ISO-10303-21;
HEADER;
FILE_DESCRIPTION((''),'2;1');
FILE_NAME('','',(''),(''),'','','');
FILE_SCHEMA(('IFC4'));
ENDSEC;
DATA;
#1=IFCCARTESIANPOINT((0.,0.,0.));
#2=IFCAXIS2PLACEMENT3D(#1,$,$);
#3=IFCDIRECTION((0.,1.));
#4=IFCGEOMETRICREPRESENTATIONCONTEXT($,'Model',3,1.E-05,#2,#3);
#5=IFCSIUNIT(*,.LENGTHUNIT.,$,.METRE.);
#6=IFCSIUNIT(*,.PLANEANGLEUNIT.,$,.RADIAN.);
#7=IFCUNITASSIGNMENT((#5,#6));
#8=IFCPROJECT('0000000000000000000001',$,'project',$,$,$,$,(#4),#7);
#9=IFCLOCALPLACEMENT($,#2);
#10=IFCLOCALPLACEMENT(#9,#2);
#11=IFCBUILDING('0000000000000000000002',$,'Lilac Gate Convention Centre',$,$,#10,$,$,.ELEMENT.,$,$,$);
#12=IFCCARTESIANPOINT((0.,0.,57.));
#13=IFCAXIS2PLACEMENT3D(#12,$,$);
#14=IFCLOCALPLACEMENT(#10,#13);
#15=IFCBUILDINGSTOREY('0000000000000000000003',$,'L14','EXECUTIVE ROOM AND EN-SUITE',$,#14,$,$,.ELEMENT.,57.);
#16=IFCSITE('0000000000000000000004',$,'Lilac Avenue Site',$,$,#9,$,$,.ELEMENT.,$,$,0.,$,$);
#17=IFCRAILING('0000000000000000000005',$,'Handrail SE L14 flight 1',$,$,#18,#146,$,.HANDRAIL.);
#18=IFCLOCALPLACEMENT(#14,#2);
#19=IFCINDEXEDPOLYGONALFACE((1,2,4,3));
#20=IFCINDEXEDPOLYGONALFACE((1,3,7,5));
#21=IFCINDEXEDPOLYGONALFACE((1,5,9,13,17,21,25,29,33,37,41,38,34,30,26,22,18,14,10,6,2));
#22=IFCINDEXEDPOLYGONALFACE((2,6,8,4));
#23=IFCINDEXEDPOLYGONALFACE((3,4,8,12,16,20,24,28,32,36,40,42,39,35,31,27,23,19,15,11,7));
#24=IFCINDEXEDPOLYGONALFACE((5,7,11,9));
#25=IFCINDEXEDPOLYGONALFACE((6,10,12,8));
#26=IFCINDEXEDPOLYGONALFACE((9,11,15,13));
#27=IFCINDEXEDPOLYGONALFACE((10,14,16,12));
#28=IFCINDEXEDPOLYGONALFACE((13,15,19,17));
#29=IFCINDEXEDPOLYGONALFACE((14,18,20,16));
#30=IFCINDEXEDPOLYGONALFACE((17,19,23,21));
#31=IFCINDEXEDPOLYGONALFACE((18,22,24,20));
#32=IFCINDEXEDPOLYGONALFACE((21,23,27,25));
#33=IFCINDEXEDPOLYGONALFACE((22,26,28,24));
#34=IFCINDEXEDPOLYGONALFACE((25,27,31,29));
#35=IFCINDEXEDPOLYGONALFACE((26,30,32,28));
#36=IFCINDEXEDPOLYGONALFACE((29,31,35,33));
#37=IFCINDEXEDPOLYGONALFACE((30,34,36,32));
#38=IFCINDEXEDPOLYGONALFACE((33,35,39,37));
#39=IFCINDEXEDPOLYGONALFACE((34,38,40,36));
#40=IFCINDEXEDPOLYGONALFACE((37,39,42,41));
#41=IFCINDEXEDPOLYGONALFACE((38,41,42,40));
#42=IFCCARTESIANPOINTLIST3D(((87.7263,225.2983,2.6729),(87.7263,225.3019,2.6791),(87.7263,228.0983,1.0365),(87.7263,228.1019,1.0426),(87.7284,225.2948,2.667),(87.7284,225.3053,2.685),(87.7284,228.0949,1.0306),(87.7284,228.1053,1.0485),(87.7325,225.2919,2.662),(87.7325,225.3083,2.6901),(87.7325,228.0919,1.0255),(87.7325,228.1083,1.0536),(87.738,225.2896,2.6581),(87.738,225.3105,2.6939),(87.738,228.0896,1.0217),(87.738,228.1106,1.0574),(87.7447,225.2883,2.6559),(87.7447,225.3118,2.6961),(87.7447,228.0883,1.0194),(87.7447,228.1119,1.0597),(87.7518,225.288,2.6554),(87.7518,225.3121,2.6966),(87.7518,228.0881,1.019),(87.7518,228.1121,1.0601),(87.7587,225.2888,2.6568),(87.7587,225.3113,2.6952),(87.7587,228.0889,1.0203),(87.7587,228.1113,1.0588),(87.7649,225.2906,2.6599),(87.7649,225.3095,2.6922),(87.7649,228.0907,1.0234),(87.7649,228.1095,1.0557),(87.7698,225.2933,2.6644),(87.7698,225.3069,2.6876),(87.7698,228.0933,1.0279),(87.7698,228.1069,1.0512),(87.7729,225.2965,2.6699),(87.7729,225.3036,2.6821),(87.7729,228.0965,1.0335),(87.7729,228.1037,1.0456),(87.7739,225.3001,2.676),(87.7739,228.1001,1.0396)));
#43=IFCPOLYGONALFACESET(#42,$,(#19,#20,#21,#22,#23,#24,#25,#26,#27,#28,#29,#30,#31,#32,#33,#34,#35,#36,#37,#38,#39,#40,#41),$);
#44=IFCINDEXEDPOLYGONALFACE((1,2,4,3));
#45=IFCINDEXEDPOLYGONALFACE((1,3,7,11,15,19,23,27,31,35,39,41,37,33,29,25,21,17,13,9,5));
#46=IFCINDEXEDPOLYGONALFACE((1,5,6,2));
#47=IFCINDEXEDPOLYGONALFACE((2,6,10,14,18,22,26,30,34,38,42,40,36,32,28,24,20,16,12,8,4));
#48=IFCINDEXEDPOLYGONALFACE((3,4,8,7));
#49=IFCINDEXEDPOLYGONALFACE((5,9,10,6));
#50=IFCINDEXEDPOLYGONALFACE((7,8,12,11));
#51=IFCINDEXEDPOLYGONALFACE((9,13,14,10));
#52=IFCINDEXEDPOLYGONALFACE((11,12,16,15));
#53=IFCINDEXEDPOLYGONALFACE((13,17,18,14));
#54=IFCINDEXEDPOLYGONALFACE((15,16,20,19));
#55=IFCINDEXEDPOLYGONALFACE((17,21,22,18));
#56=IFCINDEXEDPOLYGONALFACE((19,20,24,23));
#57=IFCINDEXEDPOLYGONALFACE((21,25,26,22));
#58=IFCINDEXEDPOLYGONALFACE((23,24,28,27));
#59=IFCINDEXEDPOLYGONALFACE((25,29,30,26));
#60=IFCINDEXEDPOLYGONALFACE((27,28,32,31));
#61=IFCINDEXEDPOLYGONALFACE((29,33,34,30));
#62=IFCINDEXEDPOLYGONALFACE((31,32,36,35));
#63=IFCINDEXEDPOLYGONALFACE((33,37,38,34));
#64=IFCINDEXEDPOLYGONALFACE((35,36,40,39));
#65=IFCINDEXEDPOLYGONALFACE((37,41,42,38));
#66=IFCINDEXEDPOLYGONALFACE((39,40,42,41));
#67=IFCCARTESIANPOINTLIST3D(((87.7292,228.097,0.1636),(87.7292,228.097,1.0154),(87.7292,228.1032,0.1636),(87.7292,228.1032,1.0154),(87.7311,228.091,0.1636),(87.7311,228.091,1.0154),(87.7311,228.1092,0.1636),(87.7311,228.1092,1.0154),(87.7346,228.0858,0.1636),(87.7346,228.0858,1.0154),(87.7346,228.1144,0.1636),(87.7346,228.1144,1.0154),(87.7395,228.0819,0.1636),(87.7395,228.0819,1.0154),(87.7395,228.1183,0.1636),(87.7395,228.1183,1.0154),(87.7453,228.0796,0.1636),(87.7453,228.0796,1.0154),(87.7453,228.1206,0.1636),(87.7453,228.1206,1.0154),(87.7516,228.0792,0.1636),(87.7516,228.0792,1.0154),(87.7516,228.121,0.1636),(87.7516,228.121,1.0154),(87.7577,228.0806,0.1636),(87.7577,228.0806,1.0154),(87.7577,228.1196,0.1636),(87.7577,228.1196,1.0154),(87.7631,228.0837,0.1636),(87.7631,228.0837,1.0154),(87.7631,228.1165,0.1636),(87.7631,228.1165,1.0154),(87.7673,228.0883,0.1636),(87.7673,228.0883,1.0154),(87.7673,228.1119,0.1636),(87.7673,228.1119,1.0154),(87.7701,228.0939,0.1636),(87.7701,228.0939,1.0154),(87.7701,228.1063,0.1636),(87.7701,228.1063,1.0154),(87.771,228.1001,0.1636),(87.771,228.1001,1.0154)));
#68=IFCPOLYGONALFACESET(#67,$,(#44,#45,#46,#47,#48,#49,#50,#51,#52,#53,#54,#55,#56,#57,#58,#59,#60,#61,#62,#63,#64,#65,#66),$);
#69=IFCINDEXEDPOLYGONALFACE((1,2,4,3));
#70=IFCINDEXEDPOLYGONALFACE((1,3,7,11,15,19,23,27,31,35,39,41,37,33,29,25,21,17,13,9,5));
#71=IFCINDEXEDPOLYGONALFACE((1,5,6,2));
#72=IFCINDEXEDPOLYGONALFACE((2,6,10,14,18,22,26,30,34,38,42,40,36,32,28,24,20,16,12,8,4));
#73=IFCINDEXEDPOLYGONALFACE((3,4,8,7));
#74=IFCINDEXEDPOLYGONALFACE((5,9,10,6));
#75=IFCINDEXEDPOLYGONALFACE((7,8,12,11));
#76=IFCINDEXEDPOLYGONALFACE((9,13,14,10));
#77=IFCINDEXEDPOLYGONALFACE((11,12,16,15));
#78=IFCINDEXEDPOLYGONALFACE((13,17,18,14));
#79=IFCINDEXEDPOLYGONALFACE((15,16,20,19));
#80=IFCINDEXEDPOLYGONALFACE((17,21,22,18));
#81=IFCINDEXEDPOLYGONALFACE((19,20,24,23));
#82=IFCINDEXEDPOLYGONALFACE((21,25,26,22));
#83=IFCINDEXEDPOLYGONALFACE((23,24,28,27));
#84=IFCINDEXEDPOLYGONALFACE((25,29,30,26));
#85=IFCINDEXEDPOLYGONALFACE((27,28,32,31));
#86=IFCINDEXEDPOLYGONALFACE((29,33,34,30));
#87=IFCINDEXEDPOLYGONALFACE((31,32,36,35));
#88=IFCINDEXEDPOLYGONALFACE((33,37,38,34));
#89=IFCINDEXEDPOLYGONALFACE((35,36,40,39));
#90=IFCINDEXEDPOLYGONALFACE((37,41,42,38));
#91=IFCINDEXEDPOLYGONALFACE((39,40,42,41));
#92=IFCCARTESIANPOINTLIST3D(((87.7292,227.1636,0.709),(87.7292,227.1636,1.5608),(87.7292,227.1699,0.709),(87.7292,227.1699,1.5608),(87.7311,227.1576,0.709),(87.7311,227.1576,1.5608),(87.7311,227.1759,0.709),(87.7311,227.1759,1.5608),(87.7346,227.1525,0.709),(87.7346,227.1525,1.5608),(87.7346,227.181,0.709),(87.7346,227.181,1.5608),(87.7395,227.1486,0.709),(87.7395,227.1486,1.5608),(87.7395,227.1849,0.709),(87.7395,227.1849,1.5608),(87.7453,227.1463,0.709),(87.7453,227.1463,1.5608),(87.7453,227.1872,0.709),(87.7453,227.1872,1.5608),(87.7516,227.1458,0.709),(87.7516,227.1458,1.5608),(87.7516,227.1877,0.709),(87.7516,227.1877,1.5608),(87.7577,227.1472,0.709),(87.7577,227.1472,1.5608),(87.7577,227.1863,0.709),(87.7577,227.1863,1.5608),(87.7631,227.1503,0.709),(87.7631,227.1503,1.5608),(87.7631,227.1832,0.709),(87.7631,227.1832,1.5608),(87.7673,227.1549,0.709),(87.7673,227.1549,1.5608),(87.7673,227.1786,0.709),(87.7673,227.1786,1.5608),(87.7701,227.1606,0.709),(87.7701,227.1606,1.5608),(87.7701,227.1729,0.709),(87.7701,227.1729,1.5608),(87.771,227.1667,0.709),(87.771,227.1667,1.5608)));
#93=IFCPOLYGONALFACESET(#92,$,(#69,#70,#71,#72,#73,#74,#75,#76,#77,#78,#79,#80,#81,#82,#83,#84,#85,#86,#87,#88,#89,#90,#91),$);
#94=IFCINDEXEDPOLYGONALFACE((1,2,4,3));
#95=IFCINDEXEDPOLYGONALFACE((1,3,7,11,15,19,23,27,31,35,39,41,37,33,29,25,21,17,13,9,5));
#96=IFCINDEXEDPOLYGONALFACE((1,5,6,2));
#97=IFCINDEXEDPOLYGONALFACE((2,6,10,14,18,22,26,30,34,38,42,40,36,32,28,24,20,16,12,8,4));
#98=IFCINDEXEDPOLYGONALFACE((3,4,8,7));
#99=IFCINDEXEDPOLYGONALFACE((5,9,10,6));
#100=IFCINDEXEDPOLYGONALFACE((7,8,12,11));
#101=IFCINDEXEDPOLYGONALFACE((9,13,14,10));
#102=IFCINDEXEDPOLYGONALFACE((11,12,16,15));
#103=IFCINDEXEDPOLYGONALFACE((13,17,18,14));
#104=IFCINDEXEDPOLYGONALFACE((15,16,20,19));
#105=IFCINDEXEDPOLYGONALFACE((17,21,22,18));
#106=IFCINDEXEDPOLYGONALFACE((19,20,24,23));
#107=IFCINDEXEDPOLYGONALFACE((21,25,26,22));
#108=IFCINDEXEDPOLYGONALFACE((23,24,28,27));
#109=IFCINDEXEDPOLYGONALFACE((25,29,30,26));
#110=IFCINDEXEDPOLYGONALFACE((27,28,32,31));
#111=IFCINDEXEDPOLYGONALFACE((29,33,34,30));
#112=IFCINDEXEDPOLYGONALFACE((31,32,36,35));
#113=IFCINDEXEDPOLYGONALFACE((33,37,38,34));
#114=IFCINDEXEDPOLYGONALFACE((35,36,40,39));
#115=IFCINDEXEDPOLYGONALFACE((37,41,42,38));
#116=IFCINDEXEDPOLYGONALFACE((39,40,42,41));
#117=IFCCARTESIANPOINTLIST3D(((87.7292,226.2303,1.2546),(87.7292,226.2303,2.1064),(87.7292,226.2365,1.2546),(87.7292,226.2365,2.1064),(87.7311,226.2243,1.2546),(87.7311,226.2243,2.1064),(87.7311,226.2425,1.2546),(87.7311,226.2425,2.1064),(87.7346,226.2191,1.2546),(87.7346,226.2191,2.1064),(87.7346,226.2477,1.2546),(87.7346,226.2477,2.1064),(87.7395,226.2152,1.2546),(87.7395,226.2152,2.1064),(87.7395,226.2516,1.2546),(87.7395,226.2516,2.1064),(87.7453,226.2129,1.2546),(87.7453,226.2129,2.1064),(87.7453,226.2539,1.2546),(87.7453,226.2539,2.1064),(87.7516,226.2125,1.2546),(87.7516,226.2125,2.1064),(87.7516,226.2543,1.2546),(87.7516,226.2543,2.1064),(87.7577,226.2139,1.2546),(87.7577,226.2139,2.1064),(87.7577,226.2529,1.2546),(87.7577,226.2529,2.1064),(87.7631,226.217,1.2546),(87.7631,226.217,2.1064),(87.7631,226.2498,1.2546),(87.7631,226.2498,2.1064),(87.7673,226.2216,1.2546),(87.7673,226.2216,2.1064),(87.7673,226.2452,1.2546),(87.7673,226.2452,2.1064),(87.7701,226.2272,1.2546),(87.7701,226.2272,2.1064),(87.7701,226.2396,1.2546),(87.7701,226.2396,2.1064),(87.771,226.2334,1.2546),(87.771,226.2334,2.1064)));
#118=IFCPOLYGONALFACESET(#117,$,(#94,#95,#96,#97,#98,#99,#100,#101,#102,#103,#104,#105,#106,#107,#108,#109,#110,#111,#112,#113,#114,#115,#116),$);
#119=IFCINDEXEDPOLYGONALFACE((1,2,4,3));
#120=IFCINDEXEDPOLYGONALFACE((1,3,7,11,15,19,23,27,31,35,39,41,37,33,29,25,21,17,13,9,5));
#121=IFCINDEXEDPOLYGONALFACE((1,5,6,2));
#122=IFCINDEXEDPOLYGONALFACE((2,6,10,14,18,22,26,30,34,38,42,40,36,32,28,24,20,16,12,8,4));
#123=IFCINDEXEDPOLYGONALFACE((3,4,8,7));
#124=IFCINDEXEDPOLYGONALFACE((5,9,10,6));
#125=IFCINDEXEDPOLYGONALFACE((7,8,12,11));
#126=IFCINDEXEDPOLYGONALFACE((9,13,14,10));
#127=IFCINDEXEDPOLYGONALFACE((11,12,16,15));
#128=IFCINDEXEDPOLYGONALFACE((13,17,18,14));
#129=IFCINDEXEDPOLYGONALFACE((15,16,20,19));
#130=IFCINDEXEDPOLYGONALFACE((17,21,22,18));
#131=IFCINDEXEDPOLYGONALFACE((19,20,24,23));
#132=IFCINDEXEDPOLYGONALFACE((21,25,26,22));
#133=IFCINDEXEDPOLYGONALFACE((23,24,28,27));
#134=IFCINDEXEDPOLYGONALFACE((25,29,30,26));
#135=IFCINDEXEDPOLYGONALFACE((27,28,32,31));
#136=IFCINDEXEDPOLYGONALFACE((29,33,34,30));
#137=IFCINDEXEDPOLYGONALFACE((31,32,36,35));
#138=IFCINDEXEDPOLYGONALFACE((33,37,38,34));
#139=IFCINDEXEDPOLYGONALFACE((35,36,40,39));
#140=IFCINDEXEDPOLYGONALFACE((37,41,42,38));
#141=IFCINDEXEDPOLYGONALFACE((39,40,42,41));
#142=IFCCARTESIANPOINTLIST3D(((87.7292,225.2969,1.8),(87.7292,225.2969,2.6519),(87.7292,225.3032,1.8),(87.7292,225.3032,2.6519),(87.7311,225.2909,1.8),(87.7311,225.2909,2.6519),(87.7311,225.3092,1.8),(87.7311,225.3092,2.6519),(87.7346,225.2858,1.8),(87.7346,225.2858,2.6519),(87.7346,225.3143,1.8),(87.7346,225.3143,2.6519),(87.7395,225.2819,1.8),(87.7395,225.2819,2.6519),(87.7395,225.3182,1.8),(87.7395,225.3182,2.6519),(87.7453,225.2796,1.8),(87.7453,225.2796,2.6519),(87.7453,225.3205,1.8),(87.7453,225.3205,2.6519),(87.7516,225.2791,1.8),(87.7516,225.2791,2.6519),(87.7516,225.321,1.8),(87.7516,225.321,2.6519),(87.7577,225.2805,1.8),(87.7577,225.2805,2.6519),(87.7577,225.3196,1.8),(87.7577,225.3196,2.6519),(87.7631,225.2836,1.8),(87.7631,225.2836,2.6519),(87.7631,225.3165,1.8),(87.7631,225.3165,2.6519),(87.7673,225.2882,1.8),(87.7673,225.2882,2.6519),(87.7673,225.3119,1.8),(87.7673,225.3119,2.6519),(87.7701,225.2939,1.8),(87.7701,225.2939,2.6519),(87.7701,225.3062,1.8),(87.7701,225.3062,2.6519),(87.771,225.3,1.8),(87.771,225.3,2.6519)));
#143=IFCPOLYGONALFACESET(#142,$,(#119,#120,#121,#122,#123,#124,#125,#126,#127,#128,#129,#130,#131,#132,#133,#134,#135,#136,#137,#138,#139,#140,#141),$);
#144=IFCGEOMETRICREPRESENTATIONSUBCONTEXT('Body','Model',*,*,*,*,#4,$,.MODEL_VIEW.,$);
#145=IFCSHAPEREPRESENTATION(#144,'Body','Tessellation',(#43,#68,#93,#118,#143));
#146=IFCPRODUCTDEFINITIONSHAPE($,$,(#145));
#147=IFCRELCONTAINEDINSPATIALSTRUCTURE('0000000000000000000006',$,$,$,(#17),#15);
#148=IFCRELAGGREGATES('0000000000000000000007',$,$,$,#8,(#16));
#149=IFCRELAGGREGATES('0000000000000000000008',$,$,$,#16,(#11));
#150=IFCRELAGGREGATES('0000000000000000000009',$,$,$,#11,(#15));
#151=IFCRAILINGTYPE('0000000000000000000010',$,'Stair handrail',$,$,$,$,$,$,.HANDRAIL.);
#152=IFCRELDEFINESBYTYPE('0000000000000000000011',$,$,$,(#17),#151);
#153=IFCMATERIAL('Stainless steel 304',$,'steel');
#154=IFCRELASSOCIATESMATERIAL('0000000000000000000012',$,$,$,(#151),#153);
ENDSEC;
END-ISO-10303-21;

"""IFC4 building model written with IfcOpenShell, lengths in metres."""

from ifc_helpers import new_model, si_unit, direction, frame, origin, origin_2d, place, context, subcontext, project, spatial, circle, extrude, material, type_object, element, save


model = new_model("IFC4")

# Units and contexts
model_context = context("Model", 3, precision=1e-05, world=origin(), true_north=direction((0.0, 1.0)))
body_context = subcontext(model_context, "Body", "Model", "MODEL_VIEW")
ifc_project = project(units=[si_unit("LENGTHUNIT", "METRE"), si_unit("PLANEANGLEUNIT", "RADIAN")], contexts=[model_context])

# Site, building, storey
site_placement = place(None, origin())
site = spatial("IfcSite", under=ifc_project, at=site_placement, Name="Lilac Avenue Site", CompositionType="ELEMENT", RefElevation=0.0)
building_placement = place(site_placement, origin())
building = spatial("IfcBuilding", under=site, at=building_placement, Name="Lilac Gate Convention Centre", CompositionType="ELEMENT")
storey_placement = place(building_placement, frame((0.0, 0.0, 57.0)))
storey = spatial("IfcBuildingStorey", under=building, at=storey_placement, Name="L14", Description="EXECUTIVE ROOM AND EN-SUITE", CompositionType="ELEMENT", Elevation=57.0)

# Railing
ifc_material_1 = material(Name="Stainless steel 304", Category="steel")
railing_type = type_object("IfcRailingType", Name="Stair handrail", PredefinedType="HANDRAIL", material=ifc_material_1)
for number, where, name in (
    (1, (87.75, 228.1001, 0.1636), "Handrail SE L14 flight 1"),
):
    element("IfcRailing", number, at=place(storey_placement, frame(where)), inside=storey, type_object=railing_type, Name=name, PredefinedType="HANDRAIL", context=body_context, shape_type="SweptSolid", body=[
        extrude(circle(Radius=0.0239, at=origin_2d()), frame((0.0, 0.0, 0.876), z_axis=(0.0, -0.863361, 0.504587), x_axis=(1.0, 0.0, 0.0)), (0.0, 0.0, 1.0), 3.2432),
        extrude(circle(Radius=0.021, at=origin_2d()), origin(), (0.0, 0.0, 1.0), 0.8518),
        extrude(circle(Radius=0.021, at=origin_2d()), frame((0.0, -0.9333, 0.5454)), (0.0, 0.0, 1.0), 0.8518),
        extrude(circle(Radius=0.021, at=origin_2d()), frame((0.0, -1.8667, 1.0911)), (0.0, 0.0, 1.0), 0.8518),
        extrude(circle(Radius=0.021, at=origin_2d()), frame((0.0, -2.8, 1.6365)), (0.0, 0.0, 1.0), 0.8518),
    ])

save(model, "model.ifc")
